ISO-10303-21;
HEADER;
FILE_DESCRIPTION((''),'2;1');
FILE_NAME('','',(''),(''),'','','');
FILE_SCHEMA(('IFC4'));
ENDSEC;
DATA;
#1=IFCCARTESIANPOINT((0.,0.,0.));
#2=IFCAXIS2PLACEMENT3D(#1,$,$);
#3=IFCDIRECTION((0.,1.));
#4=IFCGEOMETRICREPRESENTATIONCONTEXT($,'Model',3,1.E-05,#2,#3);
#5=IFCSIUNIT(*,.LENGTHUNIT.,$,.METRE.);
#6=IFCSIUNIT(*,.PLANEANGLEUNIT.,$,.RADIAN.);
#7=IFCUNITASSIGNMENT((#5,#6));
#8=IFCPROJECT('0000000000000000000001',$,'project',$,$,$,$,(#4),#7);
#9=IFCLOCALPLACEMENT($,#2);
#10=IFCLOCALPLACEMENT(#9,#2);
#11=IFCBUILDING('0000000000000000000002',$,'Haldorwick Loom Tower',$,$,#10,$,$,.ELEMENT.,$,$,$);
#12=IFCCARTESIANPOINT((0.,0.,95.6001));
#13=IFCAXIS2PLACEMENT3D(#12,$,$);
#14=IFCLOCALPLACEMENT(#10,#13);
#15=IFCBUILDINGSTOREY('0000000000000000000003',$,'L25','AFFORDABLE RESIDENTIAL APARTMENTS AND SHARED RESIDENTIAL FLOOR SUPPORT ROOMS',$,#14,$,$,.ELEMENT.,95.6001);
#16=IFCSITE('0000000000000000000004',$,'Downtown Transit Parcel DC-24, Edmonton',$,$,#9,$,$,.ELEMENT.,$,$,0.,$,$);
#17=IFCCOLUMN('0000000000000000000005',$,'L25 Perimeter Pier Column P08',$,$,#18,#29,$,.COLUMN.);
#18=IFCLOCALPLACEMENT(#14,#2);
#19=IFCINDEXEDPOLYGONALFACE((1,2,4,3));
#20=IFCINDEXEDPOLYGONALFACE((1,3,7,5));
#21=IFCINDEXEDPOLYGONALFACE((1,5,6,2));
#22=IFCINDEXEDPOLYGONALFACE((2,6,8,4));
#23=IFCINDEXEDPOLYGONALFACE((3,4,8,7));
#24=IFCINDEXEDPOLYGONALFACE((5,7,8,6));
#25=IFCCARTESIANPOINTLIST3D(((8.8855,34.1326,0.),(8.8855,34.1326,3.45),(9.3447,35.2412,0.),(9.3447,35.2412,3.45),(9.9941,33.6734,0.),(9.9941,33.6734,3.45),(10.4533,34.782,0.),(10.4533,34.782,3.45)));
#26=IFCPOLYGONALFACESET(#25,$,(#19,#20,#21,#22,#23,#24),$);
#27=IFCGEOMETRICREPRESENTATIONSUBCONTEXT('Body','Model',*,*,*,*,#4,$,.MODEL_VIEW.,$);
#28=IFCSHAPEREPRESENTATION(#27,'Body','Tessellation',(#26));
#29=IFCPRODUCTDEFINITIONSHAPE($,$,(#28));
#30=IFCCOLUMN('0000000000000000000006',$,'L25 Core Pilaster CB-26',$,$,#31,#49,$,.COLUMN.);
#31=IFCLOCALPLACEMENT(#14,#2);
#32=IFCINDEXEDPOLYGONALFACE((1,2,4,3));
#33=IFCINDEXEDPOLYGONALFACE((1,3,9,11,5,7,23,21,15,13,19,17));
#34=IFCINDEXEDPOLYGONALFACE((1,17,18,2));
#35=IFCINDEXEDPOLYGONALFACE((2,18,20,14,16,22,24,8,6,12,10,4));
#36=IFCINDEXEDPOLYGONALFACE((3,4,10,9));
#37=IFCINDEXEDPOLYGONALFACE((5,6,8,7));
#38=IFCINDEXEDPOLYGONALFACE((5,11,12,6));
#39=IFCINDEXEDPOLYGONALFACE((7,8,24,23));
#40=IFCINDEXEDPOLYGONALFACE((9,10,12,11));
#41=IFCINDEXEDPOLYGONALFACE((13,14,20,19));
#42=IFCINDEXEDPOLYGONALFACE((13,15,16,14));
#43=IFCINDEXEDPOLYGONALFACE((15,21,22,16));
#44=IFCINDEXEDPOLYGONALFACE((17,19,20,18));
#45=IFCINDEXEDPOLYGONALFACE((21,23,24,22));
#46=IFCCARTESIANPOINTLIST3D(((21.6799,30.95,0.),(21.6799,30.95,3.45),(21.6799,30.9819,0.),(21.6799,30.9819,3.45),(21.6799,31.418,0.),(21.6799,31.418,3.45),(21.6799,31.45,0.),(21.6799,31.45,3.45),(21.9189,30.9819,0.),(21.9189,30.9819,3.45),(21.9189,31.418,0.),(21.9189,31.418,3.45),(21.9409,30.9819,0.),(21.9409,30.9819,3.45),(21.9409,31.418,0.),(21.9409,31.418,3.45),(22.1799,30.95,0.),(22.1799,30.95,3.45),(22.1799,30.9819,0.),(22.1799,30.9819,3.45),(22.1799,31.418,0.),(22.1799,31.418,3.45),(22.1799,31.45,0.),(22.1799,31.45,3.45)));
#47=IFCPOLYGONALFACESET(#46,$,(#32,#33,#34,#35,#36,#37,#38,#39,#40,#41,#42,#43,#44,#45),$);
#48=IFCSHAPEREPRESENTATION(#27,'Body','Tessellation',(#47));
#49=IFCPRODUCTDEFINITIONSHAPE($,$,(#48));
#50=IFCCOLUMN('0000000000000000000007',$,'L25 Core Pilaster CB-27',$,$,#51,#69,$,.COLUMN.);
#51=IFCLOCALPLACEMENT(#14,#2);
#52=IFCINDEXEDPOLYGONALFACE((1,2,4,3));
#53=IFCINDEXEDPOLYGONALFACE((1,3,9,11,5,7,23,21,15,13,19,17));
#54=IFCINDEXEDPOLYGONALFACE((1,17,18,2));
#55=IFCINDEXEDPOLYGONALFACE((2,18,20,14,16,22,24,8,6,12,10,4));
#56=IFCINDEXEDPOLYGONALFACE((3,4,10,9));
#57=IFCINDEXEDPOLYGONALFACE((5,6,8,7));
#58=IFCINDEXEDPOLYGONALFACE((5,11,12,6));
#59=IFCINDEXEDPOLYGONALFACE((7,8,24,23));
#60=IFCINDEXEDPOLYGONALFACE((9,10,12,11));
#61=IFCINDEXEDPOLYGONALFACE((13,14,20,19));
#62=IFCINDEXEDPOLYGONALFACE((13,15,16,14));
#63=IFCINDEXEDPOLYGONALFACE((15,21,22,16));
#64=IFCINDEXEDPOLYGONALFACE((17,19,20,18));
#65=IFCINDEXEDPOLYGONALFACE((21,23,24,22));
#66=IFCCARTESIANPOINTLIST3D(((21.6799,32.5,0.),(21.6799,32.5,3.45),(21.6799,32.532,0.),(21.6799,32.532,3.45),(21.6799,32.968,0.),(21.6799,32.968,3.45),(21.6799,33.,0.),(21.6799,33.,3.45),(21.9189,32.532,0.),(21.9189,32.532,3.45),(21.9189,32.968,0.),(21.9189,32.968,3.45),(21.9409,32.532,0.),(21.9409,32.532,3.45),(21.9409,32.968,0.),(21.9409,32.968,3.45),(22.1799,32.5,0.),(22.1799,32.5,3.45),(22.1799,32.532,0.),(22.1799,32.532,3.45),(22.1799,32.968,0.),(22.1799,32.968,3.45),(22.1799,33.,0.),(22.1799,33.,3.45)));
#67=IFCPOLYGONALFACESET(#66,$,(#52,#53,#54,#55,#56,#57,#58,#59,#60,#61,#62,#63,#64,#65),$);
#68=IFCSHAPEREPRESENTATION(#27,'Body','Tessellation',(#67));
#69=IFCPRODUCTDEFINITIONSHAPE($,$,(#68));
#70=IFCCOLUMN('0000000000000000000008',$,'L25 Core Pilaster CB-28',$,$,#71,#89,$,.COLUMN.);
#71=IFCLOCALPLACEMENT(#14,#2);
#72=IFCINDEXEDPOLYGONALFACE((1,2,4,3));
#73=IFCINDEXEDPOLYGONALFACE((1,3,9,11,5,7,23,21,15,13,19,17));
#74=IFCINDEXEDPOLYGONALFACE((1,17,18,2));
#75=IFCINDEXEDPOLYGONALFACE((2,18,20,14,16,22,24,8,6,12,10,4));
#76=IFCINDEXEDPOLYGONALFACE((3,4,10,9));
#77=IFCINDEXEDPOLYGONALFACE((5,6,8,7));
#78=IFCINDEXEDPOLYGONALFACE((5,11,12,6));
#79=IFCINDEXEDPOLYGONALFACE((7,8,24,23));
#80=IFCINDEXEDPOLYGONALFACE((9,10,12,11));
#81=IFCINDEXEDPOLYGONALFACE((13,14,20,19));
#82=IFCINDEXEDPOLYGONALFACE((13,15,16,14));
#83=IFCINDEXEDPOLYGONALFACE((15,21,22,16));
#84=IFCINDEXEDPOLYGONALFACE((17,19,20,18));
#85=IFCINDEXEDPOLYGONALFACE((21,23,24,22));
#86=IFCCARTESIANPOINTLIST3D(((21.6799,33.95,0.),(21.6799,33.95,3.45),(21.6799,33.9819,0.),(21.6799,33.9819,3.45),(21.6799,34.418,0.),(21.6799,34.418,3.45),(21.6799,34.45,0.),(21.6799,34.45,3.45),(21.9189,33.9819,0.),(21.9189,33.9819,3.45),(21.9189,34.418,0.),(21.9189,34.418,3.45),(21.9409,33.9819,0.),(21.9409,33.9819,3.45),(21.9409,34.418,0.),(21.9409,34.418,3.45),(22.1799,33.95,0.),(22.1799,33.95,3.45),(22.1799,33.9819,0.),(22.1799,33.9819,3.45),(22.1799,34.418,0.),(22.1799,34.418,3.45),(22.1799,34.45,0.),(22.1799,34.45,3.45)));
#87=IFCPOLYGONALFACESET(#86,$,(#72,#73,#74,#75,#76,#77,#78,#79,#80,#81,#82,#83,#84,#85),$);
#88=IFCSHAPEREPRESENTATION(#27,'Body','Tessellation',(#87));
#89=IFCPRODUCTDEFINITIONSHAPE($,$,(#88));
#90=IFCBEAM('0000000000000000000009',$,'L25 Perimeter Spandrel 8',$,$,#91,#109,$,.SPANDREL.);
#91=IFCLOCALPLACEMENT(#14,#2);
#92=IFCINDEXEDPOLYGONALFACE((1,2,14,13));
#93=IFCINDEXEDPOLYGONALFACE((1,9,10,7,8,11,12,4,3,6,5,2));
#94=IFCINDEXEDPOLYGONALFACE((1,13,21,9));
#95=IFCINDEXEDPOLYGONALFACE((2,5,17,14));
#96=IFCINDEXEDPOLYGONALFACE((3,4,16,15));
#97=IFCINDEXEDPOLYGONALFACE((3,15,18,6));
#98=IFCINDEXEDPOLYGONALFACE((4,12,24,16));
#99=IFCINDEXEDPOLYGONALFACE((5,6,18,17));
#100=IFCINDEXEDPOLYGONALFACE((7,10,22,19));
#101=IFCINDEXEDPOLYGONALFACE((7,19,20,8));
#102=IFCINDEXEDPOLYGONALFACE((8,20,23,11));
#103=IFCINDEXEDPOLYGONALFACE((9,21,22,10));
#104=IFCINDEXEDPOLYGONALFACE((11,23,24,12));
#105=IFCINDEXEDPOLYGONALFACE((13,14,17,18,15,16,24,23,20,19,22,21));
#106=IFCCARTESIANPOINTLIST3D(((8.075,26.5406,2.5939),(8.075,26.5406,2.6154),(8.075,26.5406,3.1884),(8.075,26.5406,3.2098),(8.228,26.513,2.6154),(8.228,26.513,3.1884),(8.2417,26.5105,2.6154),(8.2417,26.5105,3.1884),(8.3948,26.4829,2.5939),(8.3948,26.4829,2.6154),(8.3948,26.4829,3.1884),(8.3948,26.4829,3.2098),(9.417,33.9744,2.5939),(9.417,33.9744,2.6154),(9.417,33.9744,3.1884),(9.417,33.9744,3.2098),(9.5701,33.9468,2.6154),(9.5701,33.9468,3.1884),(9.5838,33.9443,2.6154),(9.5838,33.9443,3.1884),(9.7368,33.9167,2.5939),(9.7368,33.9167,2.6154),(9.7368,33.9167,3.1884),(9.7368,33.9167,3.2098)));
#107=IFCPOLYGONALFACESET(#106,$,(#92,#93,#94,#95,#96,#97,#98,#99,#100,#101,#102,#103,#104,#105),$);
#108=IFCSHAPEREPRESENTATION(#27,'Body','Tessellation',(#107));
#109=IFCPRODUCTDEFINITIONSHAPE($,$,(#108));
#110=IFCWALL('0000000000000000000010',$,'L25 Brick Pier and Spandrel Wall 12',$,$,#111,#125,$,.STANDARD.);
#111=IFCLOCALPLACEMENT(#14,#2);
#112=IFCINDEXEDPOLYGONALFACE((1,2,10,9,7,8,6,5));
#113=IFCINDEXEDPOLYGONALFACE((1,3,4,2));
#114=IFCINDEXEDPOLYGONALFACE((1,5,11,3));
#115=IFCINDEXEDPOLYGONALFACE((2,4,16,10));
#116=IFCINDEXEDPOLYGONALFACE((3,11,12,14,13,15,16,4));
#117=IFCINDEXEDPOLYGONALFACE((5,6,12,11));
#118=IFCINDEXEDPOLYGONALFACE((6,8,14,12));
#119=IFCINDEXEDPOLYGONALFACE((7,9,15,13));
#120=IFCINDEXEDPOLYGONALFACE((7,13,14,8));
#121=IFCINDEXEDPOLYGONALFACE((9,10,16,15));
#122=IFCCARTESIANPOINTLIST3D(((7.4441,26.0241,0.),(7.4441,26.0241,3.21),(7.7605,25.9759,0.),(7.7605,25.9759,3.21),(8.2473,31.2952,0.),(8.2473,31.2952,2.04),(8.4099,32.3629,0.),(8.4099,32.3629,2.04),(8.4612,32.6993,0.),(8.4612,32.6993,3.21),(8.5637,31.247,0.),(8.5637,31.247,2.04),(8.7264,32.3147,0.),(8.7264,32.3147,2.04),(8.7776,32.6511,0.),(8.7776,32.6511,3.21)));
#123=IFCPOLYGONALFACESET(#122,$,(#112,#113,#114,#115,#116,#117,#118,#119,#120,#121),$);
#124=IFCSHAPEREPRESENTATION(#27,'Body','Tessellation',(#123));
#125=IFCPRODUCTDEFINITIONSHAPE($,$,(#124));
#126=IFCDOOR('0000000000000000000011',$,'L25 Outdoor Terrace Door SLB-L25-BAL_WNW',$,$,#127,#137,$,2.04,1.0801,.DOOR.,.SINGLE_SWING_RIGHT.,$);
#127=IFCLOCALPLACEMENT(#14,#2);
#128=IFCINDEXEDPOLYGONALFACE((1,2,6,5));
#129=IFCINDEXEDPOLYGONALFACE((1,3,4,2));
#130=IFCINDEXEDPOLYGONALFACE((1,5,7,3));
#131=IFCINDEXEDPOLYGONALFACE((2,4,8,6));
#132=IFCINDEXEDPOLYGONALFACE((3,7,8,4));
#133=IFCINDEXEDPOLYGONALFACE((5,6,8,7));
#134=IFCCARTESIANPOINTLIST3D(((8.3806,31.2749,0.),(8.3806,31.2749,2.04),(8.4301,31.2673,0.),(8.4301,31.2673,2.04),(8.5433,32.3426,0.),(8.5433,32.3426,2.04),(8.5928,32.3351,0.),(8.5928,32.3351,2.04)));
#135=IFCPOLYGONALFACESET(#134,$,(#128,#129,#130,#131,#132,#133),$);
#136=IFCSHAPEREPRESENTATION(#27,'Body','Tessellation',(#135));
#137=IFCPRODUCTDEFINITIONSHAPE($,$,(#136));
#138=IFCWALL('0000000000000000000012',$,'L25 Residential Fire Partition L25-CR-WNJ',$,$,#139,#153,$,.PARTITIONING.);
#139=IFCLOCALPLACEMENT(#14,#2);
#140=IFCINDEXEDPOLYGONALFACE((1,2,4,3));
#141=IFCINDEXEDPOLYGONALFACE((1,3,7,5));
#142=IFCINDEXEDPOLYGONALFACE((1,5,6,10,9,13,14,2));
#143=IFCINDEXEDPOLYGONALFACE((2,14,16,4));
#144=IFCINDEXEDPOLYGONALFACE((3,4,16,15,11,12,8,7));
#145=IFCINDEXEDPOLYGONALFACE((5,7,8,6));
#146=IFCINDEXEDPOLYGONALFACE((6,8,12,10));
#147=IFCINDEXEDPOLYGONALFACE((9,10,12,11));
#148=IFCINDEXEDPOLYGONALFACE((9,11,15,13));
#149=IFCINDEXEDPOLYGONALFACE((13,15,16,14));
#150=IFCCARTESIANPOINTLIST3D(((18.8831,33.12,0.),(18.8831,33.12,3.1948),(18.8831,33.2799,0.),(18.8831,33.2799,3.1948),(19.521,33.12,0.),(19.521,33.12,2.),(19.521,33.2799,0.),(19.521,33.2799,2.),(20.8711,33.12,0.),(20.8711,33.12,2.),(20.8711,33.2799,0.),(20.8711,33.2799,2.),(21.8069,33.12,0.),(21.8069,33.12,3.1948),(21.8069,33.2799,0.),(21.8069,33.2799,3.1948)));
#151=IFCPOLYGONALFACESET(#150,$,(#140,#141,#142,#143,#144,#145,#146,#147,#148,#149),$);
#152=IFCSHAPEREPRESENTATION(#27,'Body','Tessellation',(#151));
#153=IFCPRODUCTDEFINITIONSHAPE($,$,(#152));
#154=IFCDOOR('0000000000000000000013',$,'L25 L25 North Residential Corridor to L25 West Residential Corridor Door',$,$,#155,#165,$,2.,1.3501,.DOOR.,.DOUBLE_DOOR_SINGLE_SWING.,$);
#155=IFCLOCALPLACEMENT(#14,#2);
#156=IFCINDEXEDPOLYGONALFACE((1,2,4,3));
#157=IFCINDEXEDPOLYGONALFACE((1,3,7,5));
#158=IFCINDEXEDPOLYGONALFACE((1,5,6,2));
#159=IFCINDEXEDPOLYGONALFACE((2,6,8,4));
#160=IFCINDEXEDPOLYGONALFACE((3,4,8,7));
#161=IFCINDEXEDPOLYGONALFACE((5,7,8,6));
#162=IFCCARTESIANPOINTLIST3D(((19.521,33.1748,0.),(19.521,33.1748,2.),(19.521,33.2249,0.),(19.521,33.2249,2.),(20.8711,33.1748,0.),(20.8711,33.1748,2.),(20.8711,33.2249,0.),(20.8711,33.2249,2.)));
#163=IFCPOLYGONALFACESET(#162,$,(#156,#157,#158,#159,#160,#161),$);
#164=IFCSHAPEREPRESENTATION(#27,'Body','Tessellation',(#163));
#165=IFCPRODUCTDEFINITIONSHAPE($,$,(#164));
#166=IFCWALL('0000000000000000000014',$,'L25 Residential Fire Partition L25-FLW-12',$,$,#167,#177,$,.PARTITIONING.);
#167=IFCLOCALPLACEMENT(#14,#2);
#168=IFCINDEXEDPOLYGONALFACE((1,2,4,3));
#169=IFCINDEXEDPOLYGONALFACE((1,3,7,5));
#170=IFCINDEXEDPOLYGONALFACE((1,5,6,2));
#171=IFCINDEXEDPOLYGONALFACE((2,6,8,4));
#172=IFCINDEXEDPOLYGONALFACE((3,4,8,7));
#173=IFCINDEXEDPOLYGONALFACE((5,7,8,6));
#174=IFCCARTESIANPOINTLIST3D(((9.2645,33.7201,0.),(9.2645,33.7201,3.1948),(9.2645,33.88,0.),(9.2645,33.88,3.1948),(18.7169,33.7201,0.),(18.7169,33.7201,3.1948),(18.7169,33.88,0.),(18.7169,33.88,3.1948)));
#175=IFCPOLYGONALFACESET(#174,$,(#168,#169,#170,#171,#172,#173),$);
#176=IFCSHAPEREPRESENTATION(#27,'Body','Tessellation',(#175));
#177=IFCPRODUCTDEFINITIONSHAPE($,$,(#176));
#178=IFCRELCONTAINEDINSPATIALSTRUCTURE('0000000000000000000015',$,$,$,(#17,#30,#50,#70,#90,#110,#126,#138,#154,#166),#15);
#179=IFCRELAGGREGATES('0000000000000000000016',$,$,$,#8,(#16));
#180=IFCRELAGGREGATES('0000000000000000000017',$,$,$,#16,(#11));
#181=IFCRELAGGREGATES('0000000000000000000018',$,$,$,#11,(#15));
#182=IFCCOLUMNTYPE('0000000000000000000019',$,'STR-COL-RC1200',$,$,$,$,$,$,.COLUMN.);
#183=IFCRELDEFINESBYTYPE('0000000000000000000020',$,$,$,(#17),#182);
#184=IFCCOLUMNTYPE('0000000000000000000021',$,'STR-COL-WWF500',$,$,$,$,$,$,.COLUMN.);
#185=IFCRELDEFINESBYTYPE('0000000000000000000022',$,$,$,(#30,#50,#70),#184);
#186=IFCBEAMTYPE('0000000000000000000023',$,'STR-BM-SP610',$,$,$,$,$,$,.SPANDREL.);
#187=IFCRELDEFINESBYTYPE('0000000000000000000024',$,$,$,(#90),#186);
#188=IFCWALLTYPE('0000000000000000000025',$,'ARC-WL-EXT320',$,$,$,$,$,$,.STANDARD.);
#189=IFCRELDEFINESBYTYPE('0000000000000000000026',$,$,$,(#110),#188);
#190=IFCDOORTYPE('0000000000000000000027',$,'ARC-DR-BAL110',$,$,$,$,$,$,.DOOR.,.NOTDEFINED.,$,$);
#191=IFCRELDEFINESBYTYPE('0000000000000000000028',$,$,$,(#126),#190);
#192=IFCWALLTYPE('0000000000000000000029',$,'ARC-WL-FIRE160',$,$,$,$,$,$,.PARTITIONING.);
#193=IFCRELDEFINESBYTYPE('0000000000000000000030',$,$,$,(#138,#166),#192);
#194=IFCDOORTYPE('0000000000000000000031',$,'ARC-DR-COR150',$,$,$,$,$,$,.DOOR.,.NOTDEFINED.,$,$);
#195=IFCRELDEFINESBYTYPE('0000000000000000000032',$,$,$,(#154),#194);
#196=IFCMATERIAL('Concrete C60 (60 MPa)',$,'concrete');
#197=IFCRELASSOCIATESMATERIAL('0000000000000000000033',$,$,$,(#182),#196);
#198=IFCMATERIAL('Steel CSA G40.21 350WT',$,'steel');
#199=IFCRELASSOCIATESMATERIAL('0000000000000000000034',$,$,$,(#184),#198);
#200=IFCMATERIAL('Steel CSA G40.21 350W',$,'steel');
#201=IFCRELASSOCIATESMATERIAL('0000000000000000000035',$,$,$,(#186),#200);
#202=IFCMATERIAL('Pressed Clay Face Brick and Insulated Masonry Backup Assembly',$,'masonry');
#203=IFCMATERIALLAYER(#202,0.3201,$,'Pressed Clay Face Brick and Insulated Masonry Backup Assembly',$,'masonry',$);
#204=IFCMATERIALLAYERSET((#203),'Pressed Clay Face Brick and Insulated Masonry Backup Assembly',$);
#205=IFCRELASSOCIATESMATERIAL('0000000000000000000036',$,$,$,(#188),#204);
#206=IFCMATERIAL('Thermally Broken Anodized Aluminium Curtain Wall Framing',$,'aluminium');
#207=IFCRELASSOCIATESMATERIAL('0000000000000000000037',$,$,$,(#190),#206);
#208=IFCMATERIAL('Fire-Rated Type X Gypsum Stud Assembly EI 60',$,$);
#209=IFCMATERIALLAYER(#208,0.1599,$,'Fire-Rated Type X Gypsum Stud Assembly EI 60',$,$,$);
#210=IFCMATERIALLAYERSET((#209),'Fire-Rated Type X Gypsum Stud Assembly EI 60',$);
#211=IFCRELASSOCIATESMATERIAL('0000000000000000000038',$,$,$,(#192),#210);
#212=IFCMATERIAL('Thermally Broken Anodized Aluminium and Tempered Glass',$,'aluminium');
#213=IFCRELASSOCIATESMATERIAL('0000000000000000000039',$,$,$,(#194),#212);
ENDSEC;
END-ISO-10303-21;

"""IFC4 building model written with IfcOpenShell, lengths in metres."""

from ifc_helpers import new_model, si_unit, direction, frame, frame_2d, origin, origin_2d, place, context, subcontext, project, spatial, rectangle, i_section, extrude, material, layer, layer_set, material_profile, profile_set, type_object, element, fill, save


model = new_model("IFC4")

# Units and contexts
model_context = context("Model", 3, precision=1e-05, world=origin(), true_north=direction((0.0, 1.0)))
body_context = subcontext(model_context, "Body", "Model", "MODEL_VIEW")
ifc_project = project(units=[si_unit("LENGTHUNIT", "METRE"), si_unit("PLANEANGLEUNIT", "RADIAN")], contexts=[model_context])

# Site, building, storey
site_placement = place(None, origin())
site = spatial("IfcSite", under=ifc_project, at=site_placement, Name="Downtown Transit Parcel DC-24, Edmonton", CompositionType="ELEMENT", RefElevation=0.0)
building_placement = place(site_placement, origin())
building = spatial("IfcBuilding", under=site, at=building_placement, Name="Haldorwick Loom Tower", CompositionType="ELEMENT")
storey_placement = place(building_placement, frame((0.0, 0.0, 95.6001)))
storey = spatial("IfcBuildingStorey", under=building, at=storey_placement, Name="L25", Description="AFFORDABLE RESIDENTIAL APARTMENTS AND SHARED RESIDENTIAL FLOOR SUPPORT ROOMS", CompositionType="ELEMENT", Elevation=95.6001)

# Columns
ifc_material_1 = material(Name="Concrete C60 (60 MPa)", Category="concrete")
ifc_material_profile_1 = material_profile(ifc_material_1, rectangle(XDim=1.2, YDim=1.2, at=origin_2d()), Name="RC1200X1200", Category="concrete")
ifc_profile_set_1 = profile_set([ifc_material_profile_1], Name="Concrete C60 (60 MPa)")
column_type_1 = type_object("IfcColumnType", Name="STR-COL-RC1200", PredefinedType="COLUMN", material=ifc_profile_set_1)
column_placement = place(storey_placement, frame((9.6694, 34.4573, 0.0), z_axis=(0.0, 0.0, 1.0), x_axis=(-0.92388, 0.382683, 0.0)))
element("IfcColumn", 1, at=column_placement, inside=storey, type_object=column_type_1, Name="L25 Perimeter Pier Column P08", PredefinedType="COLUMN", context=body_context, shape_type="SweptSolid", body=[
    extrude(rectangle(XDim=1.2, YDim=1.2, at=origin_2d()), origin(), (0.0, 0.0, 1.0), 3.45),
])
ifc_material_2 = material(Name="Steel CSA G40.21 350WT", Category="steel")
ifc_material_profile_2 = material_profile(ifc_material_2, i_section(OverallWidth=0.5, OverallDepth=0.5, WebThickness=0.022, FlangeThickness=0.032, at=origin_2d()), Name="WWF500X500", Category="steel")
ifc_profile_set_2 = profile_set([ifc_material_profile_2], Name="Steel CSA G40.21 350WT")
column_type_2 = type_object("IfcColumnType", Name="STR-COL-WWF500", PredefinedType="COLUMN", material=ifc_profile_set_2)
for number, where, z_axis, x_axis, name in (
    (2, (21.9299, 31.2, 0.0), (0.0, 0.0, 1.0), (1.0, 0.0, 0.0), "L25 Core Pilaster CB-26"),
    (3, (21.9299, 32.75, 0.0), (0.0, 0.0, 1.0), (1.0, 0.0, 0.0), "L25 Core Pilaster CB-27"),
    (4, (21.9299, 34.2, 0.0), (0.0, 0.0, 1.0), (1.0, 0.0, 0.0), "L25 Core Pilaster CB-28"),
):
    element("IfcColumn", number, at=place(storey_placement, frame(where, z_axis=z_axis, x_axis=x_axis)), inside=storey, type_object=column_type_2, Name=name, PredefinedType="COLUMN", context=body_context, shape_type="SweptSolid", body=[
        extrude(i_section(OverallWidth=0.5, OverallDepth=0.5, WebThickness=0.022, FlangeThickness=0.032, at=origin_2d()), origin(), (0.0, 0.0, 1.0), 3.45),
    ])

# Beam
ifc_material_3 = material(Name="Steel CSA G40.21 350W", Category="steel")
ifc_material_profile_3 = material_profile(ifc_material_3, i_section(OverallWidth=0.325, OverallDepth=0.616, WebThickness=0.0139, FlangeThickness=0.0215, at=origin_2d()), Name="W610X174", Category="steel")
ifc_profile_set_3 = profile_set([ifc_material_profile_3], Name="Steel CSA G40.21 350W")
beam_type = type_object("IfcBeamType", Name="STR-BM-SP610", PredefinedType="SPANDREL", material=ifc_profile_set_3)
beam_placement = place(storey_placement, frame((9.5769, 33.9456, 2.9019), z_axis=(-0.177659, -0.984092, 0.0), x_axis=(0.984092, -0.177659, 0.0)))
element("IfcBeam", 5, at=beam_placement, inside=storey, type_object=beam_type, Name="L25 Perimeter Spandrel 8", PredefinedType="SPANDREL", context=body_context, shape_type="SweptSolid", body=[
    extrude(i_section(OverallWidth=0.325, OverallDepth=0.616, WebThickness=0.0139, FlangeThickness=0.0215, at=origin_2d()), origin(), (0.0, 0.0, 1.0), 7.554),
])

# Walls, openings, doors
ifc_material_4 = material(Name="Pressed Clay Face Brick and Insulated Masonry Backup Assembly", Category="masonry")
ifc_layer_1 = layer(ifc_material_4, 0.3201, Name="Pressed Clay Face Brick and Insulated Masonry Backup Assembly", Category="masonry")
ifc_layer_set_1 = layer_set([ifc_layer_1], Name="Pressed Clay Face Brick and Insulated Masonry Backup Assembly")
wall_type_1 = type_object("IfcWallType", Name="ARC-WL-EXT320", PredefinedType="STANDARD", material=ifc_layer_set_1)
wall_1_placement = place(storey_placement, frame((8.6194, 32.675, 0.0), z_axis=(0.0, 0.0, 1.0), x_axis=(-0.150633, -0.98859, 0.0)))
wall_1 = element("IfcWall", 6, at=wall_1_placement, inside=storey, type_object=wall_type_1, Name="L25 Brick Pier and Spandrel Wall 12", PredefinedType="STANDARD", context=body_context, shape_type="SweptSolid", body=[
    extrude(rectangle(XDim=6.7522, YDim=0.3201, at=frame_2d((3.376, 0.0))), origin(), (0.0, 0.0, 1.0), 3.21),
])
opening_1_placement = place(wall_1_placement, frame((0.3401, 0.0, 0.0)))
opening_1 = element("IfcOpeningElement", 7, at=opening_1_placement, cuts=wall_1, PredefinedType="OPENING", context=body_context, shape_type="SweptSolid", body=[
    extrude(rectangle(XDim=1.0801, YDim=2.04, at=frame_2d((0.54, 1.02))), frame((0.0, 0.1699, 0.0), z_axis=(0.0, -1.0, 0.0), x_axis=(1.0, 0.0, 0.0)), (0.0, 0.0, 1.0), 0.3401),
])
ifc_material_5 = material(Name="Thermally Broken Anodized Aluminium Curtain Wall Framing", Category="aluminium")
door_type_1 = type_object("IfcDoorType", Name="ARC-DR-BAL110", OperationType="NOTDEFINED", PredefinedType="DOOR", material=ifc_material_5)
door_1_placement = place(opening_1_placement, origin())
door_1 = element("IfcDoor", 8, at=door_1_placement, inside=storey, type_object=door_type_1, Name="L25 Outdoor Terrace Door SLB-L25-BAL_WNW", OperationType="SINGLE_SWING_RIGHT", OverallHeight=2.04, OverallWidth=1.0801, PredefinedType="DOOR", context=body_context, shape_type="SweptSolid", body=[
    extrude(rectangle(XDim=1.0801, YDim=2.04, at=frame_2d((0.54, 1.02))), frame((0.0, 0.0249, 0.0), z_axis=(0.0, -1.0, 0.0), x_axis=(1.0, 0.0, 0.0)), (0.0, 0.0, 1.0), 0.05),
])
fill(opening_1, door_1)
ifc_material_6 = material(Name="Fire-Rated Type X Gypsum Stud Assembly EI 60")
ifc_layer_2 = layer(ifc_material_6, 0.1599, Name="Fire-Rated Type X Gypsum Stud Assembly EI 60")
ifc_layer_set_2 = layer_set([ifc_layer_2], Name="Fire-Rated Type X Gypsum Stud Assembly EI 60")
wall_type_2 = type_object("IfcWallType", Name="ARC-WL-FIRE160", PredefinedType="PARTITIONING", material=ifc_layer_set_2)
wall_2_placement = place(storey_placement, frame((18.8831, 33.2, 0.0), z_axis=(0.0, 0.0, 1.0), x_axis=(1.0, 0.0, 0.0)))
wall_2 = element("IfcWall", 9, at=wall_2_placement, inside=storey, type_object=wall_type_2, Name="L25 Residential Fire Partition L25-CR-WNJ", PredefinedType="PARTITIONING", context=body_context, shape_type="SweptSolid", body=[
    extrude(rectangle(XDim=2.9238, YDim=0.1599, at=frame_2d((1.4619, 0.0))), origin(), (0.0, 0.0, 1.0), 3.1948),
])
opening_2_placement = place(wall_2_placement, frame((0.6379, 0.0, 0.0)))
opening_2 = element("IfcOpeningElement", 10, at=opening_2_placement, cuts=wall_2, PredefinedType="OPENING", context=body_context, shape_type="SweptSolid", body=[
    extrude(rectangle(XDim=1.3501, YDim=2.0, at=frame_2d((0.675, 1.0))), frame((0.0, 0.0898, 0.0), z_axis=(0.0, -1.0, 0.0), x_axis=(1.0, 0.0, 0.0)), (0.0, 0.0, 1.0), 0.1799),
])
ifc_material_7 = material(Name="Thermally Broken Anodized Aluminium and Tempered Glass", Category="aluminium")
door_type_2 = type_object("IfcDoorType", Name="ARC-DR-COR150", OperationType="NOTDEFINED", PredefinedType="DOOR", material=ifc_material_7)
door_2_placement = place(opening_2_placement, origin())
door_2 = element("IfcDoor", 11, at=door_2_placement, inside=storey, type_object=door_type_2, Name="L25 L25 North Residential Corridor to L25 West Residential Corridor Door", OperationType="DOUBLE_DOOR_SINGLE_SWING", OverallHeight=2.0, OverallWidth=1.3501, PredefinedType="DOOR", context=body_context, shape_type="SweptSolid", body=[
    extrude(rectangle(XDim=1.3501, YDim=2.0, at=frame_2d((0.675, 1.0))), frame((0.0, 0.0249, 0.0), z_axis=(0.0, -1.0, 0.0), x_axis=(1.0, 0.0, 0.0)), (0.0, 0.0, 1.0), 0.05),
])
fill(opening_2, door_2)

# Wall
wall_3_placement = place(storey_placement, frame((9.2646, 33.8, 0.0), z_axis=(0.0, 0.0, 1.0), x_axis=(1.0, 0.0, 0.0)))
element("IfcWall", 12, at=wall_3_placement, inside=storey, type_object=wall_type_2, Name="L25 Residential Fire Partition L25-FLW-12", PredefinedType="PARTITIONING", context=body_context, shape_type="SweptSolid", body=[
    extrude(rectangle(XDim=9.4524, YDim=0.1599, at=frame_2d((4.7261, 0.0))), origin(), (0.0, 0.0, 1.0), 3.1948),
])

save(model, "model.ifc")
